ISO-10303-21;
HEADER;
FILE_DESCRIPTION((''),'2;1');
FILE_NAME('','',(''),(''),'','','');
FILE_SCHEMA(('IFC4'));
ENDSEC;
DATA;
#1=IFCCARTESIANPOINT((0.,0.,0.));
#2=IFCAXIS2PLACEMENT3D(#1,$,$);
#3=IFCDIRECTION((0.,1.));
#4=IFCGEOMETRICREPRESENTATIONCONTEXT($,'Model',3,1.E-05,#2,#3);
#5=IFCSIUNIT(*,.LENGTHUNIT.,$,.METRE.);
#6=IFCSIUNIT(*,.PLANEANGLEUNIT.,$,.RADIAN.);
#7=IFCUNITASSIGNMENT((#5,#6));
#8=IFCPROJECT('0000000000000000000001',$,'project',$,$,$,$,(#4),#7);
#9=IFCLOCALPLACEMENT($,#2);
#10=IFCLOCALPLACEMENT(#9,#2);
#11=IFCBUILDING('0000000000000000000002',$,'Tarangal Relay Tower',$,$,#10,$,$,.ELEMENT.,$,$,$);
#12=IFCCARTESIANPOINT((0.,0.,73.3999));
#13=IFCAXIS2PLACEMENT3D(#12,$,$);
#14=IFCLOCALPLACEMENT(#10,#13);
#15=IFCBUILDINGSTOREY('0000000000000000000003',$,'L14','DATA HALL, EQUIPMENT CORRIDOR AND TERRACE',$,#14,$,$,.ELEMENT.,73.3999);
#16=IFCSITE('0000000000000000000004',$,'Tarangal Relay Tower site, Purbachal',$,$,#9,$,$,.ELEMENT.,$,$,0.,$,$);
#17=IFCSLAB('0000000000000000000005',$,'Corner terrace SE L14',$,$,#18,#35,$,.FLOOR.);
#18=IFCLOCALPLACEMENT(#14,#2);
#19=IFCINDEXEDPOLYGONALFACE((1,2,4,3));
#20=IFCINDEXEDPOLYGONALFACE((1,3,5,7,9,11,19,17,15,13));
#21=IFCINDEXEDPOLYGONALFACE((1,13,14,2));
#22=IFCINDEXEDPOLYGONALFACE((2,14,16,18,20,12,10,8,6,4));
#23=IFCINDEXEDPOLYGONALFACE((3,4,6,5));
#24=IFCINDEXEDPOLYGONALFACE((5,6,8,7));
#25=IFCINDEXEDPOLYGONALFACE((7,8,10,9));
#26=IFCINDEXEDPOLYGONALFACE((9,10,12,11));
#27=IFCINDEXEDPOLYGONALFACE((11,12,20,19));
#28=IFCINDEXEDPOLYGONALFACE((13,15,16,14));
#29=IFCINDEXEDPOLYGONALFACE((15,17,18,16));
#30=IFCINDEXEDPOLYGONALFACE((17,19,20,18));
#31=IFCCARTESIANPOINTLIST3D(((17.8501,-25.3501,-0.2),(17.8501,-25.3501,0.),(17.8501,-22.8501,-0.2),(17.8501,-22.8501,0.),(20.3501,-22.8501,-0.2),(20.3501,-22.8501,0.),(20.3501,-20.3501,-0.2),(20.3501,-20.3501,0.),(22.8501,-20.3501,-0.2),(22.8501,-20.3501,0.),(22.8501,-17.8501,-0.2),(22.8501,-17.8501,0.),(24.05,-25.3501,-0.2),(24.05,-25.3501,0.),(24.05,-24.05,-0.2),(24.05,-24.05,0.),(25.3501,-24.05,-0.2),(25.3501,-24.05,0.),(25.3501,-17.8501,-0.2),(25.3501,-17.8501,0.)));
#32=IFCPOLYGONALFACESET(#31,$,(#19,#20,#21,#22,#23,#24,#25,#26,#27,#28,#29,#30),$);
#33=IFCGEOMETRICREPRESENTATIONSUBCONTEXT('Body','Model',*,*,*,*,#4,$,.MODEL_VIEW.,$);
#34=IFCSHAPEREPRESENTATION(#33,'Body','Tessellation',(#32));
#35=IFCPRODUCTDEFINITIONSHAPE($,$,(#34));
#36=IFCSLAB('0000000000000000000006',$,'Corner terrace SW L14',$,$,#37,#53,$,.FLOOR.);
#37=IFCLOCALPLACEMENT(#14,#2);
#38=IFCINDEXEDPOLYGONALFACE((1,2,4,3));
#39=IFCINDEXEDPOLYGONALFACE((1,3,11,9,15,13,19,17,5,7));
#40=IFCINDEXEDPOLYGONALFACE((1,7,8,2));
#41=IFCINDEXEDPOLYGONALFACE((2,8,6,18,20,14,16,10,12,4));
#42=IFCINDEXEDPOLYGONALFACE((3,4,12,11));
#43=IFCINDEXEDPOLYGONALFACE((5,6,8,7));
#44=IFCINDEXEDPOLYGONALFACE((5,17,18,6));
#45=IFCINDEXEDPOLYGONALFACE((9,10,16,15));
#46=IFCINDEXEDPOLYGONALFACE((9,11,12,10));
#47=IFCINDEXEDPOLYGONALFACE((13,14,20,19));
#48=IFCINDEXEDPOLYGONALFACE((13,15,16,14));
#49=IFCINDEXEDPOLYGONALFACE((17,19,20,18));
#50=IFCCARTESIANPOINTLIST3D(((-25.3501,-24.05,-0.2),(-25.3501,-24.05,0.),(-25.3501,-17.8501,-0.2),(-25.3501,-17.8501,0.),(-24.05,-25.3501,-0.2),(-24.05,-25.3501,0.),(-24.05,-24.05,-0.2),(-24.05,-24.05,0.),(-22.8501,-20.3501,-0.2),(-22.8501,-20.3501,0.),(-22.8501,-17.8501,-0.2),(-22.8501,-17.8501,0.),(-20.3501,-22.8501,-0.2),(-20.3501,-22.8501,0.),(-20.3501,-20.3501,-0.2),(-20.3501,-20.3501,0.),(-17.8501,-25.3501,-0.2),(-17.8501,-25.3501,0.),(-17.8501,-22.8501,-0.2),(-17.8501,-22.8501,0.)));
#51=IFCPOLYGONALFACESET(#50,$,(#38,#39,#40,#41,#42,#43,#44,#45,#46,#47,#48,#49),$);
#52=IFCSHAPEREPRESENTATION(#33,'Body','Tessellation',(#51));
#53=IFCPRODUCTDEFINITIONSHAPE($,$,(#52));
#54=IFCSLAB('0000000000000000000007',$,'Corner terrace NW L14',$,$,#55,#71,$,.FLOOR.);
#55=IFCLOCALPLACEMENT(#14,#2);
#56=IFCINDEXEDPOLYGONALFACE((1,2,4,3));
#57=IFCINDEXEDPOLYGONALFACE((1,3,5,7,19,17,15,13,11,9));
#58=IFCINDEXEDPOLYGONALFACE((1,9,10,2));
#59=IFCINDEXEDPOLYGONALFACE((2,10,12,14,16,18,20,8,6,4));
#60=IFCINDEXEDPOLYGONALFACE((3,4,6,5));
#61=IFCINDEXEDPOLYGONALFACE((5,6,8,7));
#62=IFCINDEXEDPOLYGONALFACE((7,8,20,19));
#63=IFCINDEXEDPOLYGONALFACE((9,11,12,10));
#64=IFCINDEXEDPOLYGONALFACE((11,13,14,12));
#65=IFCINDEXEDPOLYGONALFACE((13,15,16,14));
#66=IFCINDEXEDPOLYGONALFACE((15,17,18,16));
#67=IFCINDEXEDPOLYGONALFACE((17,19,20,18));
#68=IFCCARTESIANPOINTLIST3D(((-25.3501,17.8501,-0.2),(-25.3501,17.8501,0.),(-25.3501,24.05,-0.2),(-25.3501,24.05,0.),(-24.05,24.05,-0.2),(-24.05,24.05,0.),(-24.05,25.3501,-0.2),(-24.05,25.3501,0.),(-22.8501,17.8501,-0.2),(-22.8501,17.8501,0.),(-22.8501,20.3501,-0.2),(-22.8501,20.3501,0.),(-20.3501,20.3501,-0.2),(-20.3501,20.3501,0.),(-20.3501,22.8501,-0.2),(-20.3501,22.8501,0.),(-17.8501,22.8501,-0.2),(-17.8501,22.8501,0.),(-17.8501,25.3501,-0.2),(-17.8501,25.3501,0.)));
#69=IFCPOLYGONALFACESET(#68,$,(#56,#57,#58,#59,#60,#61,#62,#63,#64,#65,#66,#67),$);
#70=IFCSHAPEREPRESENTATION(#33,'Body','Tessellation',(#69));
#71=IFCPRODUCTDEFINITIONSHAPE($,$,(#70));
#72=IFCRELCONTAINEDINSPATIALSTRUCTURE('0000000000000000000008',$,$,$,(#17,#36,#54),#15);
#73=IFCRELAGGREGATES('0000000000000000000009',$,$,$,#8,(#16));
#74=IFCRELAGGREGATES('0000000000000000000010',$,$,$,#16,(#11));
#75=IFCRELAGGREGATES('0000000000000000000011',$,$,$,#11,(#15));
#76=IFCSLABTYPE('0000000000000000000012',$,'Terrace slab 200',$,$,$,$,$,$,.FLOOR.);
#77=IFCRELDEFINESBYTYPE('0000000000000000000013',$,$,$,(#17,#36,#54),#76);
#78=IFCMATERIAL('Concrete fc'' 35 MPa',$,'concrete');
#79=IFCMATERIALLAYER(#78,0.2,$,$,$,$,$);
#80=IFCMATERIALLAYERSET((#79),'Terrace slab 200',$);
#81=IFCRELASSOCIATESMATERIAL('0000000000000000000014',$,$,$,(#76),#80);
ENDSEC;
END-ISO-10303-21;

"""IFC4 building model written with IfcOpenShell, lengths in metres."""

from ifc_helpers import new_model, si_unit, direction, frame, origin, place, context, subcontext, project, spatial, polyline, outline, extrude, material, layer, layer_set, type_object, element, save


model = new_model("IFC4")

# Units and contexts
model_context = context("Model", 3, precision=1e-05, world=origin(), true_north=direction((0.0, 1.0)))
body_context = subcontext(model_context, "Body", "Model", "MODEL_VIEW")
ifc_project = project(units=[si_unit("LENGTHUNIT", "METRE"), si_unit("PLANEANGLEUNIT", "RADIAN")], contexts=[model_context])

# Site, building, storey
site_placement = place(None, origin())
site = spatial("IfcSite", under=ifc_project, at=site_placement, Name="Tarangal Relay Tower site, Purbachal", CompositionType="ELEMENT", RefElevation=0.0)
building_placement = place(site_placement, origin())
building = spatial("IfcBuilding", under=site, at=building_placement, Name="Tarangal Relay Tower", CompositionType="ELEMENT")
storey_placement = place(building_placement, frame((0.0, 0.0, 73.3999)))
storey = spatial("IfcBuildingStorey", under=building, at=storey_placement, Name="L14", Description="DATA HALL, EQUIPMENT CORRIDOR AND TERRACE", CompositionType="ELEMENT", Elevation=73.3999)

# Slabs
ifc_material_1 = material(Name="Concrete fc' 35 MPa", Category="concrete")
ifc_layer_1 = layer(ifc_material_1, 0.2)
ifc_layer_set_1 = layer_set([ifc_layer_1], Name="Terrace slab 200")
slab_type = type_object("IfcSlabType", Name="Terrace slab 200", PredefinedType="FLOOR", material=ifc_layer_set_1)
slab_1_placement = place(storey_placement, frame((0.0, 0.0, -0.2)))
element("IfcSlab", 1, at=slab_1_placement, inside=storey, type_object=slab_type, Name="Corner terrace SE L14", PredefinedType="FLOOR", context=body_context, shape_type="SweptSolid", body=[
    extrude(outline(polyline([(25.3501, -17.8501), (22.8501, -17.8501), (22.8501, -20.3501), (20.3501, -20.3501), (20.3501, -22.8501), (17.8501, -22.8501), (17.8501, -25.3501), (24.05, -25.3501), (24.05, -24.05), (25.3501, -24.05), (25.3501, -17.8501)])), origin(), (0.0, 0.0, 1.0), 0.2),
])
slab_2_placement = place(storey_placement, frame((0.0, 0.0, -0.2)))
element("IfcSlab", 2, at=slab_2_placement, inside=storey, type_object=slab_type, Name="Corner terrace SW L14", PredefinedType="FLOOR", context=body_context, shape_type="SweptSolid", body=[
    extrude(outline(polyline([(-17.8501, -25.3501), (-17.8501, -22.8501), (-20.3501, -22.8501), (-20.3501, -20.3501), (-22.8501, -20.3501), (-22.8501, -17.8501), (-25.3501, -17.8501), (-25.3501, -24.05), (-24.05, -24.05), (-24.05, -25.3501), (-17.8501, -25.3501)])), origin(), (0.0, 0.0, 1.0), 0.2),
])
slab_3_placement = place(storey_placement, frame((0.0, 0.0, -0.2)))
element("IfcSlab", 3, at=slab_3_placement, inside=storey, type_object=slab_type, Name="Corner terrace NW L14", PredefinedType="FLOOR", context=body_context, shape_type="SweptSolid", body=[
    extrude(outline(polyline([(-25.3501, 17.8501), (-22.8501, 17.8501), (-22.8501, 20.3501), (-20.3501, 20.3501), (-20.3501, 22.8501), (-17.8501, 22.8501), (-17.8501, 25.3501), (-24.05, 25.3501), (-24.05, 24.05), (-25.3501, 24.05), (-25.3501, 17.8501)])), origin(), (0.0, 0.0, 1.0), 0.2),
])

save(model, "model.ifc")
